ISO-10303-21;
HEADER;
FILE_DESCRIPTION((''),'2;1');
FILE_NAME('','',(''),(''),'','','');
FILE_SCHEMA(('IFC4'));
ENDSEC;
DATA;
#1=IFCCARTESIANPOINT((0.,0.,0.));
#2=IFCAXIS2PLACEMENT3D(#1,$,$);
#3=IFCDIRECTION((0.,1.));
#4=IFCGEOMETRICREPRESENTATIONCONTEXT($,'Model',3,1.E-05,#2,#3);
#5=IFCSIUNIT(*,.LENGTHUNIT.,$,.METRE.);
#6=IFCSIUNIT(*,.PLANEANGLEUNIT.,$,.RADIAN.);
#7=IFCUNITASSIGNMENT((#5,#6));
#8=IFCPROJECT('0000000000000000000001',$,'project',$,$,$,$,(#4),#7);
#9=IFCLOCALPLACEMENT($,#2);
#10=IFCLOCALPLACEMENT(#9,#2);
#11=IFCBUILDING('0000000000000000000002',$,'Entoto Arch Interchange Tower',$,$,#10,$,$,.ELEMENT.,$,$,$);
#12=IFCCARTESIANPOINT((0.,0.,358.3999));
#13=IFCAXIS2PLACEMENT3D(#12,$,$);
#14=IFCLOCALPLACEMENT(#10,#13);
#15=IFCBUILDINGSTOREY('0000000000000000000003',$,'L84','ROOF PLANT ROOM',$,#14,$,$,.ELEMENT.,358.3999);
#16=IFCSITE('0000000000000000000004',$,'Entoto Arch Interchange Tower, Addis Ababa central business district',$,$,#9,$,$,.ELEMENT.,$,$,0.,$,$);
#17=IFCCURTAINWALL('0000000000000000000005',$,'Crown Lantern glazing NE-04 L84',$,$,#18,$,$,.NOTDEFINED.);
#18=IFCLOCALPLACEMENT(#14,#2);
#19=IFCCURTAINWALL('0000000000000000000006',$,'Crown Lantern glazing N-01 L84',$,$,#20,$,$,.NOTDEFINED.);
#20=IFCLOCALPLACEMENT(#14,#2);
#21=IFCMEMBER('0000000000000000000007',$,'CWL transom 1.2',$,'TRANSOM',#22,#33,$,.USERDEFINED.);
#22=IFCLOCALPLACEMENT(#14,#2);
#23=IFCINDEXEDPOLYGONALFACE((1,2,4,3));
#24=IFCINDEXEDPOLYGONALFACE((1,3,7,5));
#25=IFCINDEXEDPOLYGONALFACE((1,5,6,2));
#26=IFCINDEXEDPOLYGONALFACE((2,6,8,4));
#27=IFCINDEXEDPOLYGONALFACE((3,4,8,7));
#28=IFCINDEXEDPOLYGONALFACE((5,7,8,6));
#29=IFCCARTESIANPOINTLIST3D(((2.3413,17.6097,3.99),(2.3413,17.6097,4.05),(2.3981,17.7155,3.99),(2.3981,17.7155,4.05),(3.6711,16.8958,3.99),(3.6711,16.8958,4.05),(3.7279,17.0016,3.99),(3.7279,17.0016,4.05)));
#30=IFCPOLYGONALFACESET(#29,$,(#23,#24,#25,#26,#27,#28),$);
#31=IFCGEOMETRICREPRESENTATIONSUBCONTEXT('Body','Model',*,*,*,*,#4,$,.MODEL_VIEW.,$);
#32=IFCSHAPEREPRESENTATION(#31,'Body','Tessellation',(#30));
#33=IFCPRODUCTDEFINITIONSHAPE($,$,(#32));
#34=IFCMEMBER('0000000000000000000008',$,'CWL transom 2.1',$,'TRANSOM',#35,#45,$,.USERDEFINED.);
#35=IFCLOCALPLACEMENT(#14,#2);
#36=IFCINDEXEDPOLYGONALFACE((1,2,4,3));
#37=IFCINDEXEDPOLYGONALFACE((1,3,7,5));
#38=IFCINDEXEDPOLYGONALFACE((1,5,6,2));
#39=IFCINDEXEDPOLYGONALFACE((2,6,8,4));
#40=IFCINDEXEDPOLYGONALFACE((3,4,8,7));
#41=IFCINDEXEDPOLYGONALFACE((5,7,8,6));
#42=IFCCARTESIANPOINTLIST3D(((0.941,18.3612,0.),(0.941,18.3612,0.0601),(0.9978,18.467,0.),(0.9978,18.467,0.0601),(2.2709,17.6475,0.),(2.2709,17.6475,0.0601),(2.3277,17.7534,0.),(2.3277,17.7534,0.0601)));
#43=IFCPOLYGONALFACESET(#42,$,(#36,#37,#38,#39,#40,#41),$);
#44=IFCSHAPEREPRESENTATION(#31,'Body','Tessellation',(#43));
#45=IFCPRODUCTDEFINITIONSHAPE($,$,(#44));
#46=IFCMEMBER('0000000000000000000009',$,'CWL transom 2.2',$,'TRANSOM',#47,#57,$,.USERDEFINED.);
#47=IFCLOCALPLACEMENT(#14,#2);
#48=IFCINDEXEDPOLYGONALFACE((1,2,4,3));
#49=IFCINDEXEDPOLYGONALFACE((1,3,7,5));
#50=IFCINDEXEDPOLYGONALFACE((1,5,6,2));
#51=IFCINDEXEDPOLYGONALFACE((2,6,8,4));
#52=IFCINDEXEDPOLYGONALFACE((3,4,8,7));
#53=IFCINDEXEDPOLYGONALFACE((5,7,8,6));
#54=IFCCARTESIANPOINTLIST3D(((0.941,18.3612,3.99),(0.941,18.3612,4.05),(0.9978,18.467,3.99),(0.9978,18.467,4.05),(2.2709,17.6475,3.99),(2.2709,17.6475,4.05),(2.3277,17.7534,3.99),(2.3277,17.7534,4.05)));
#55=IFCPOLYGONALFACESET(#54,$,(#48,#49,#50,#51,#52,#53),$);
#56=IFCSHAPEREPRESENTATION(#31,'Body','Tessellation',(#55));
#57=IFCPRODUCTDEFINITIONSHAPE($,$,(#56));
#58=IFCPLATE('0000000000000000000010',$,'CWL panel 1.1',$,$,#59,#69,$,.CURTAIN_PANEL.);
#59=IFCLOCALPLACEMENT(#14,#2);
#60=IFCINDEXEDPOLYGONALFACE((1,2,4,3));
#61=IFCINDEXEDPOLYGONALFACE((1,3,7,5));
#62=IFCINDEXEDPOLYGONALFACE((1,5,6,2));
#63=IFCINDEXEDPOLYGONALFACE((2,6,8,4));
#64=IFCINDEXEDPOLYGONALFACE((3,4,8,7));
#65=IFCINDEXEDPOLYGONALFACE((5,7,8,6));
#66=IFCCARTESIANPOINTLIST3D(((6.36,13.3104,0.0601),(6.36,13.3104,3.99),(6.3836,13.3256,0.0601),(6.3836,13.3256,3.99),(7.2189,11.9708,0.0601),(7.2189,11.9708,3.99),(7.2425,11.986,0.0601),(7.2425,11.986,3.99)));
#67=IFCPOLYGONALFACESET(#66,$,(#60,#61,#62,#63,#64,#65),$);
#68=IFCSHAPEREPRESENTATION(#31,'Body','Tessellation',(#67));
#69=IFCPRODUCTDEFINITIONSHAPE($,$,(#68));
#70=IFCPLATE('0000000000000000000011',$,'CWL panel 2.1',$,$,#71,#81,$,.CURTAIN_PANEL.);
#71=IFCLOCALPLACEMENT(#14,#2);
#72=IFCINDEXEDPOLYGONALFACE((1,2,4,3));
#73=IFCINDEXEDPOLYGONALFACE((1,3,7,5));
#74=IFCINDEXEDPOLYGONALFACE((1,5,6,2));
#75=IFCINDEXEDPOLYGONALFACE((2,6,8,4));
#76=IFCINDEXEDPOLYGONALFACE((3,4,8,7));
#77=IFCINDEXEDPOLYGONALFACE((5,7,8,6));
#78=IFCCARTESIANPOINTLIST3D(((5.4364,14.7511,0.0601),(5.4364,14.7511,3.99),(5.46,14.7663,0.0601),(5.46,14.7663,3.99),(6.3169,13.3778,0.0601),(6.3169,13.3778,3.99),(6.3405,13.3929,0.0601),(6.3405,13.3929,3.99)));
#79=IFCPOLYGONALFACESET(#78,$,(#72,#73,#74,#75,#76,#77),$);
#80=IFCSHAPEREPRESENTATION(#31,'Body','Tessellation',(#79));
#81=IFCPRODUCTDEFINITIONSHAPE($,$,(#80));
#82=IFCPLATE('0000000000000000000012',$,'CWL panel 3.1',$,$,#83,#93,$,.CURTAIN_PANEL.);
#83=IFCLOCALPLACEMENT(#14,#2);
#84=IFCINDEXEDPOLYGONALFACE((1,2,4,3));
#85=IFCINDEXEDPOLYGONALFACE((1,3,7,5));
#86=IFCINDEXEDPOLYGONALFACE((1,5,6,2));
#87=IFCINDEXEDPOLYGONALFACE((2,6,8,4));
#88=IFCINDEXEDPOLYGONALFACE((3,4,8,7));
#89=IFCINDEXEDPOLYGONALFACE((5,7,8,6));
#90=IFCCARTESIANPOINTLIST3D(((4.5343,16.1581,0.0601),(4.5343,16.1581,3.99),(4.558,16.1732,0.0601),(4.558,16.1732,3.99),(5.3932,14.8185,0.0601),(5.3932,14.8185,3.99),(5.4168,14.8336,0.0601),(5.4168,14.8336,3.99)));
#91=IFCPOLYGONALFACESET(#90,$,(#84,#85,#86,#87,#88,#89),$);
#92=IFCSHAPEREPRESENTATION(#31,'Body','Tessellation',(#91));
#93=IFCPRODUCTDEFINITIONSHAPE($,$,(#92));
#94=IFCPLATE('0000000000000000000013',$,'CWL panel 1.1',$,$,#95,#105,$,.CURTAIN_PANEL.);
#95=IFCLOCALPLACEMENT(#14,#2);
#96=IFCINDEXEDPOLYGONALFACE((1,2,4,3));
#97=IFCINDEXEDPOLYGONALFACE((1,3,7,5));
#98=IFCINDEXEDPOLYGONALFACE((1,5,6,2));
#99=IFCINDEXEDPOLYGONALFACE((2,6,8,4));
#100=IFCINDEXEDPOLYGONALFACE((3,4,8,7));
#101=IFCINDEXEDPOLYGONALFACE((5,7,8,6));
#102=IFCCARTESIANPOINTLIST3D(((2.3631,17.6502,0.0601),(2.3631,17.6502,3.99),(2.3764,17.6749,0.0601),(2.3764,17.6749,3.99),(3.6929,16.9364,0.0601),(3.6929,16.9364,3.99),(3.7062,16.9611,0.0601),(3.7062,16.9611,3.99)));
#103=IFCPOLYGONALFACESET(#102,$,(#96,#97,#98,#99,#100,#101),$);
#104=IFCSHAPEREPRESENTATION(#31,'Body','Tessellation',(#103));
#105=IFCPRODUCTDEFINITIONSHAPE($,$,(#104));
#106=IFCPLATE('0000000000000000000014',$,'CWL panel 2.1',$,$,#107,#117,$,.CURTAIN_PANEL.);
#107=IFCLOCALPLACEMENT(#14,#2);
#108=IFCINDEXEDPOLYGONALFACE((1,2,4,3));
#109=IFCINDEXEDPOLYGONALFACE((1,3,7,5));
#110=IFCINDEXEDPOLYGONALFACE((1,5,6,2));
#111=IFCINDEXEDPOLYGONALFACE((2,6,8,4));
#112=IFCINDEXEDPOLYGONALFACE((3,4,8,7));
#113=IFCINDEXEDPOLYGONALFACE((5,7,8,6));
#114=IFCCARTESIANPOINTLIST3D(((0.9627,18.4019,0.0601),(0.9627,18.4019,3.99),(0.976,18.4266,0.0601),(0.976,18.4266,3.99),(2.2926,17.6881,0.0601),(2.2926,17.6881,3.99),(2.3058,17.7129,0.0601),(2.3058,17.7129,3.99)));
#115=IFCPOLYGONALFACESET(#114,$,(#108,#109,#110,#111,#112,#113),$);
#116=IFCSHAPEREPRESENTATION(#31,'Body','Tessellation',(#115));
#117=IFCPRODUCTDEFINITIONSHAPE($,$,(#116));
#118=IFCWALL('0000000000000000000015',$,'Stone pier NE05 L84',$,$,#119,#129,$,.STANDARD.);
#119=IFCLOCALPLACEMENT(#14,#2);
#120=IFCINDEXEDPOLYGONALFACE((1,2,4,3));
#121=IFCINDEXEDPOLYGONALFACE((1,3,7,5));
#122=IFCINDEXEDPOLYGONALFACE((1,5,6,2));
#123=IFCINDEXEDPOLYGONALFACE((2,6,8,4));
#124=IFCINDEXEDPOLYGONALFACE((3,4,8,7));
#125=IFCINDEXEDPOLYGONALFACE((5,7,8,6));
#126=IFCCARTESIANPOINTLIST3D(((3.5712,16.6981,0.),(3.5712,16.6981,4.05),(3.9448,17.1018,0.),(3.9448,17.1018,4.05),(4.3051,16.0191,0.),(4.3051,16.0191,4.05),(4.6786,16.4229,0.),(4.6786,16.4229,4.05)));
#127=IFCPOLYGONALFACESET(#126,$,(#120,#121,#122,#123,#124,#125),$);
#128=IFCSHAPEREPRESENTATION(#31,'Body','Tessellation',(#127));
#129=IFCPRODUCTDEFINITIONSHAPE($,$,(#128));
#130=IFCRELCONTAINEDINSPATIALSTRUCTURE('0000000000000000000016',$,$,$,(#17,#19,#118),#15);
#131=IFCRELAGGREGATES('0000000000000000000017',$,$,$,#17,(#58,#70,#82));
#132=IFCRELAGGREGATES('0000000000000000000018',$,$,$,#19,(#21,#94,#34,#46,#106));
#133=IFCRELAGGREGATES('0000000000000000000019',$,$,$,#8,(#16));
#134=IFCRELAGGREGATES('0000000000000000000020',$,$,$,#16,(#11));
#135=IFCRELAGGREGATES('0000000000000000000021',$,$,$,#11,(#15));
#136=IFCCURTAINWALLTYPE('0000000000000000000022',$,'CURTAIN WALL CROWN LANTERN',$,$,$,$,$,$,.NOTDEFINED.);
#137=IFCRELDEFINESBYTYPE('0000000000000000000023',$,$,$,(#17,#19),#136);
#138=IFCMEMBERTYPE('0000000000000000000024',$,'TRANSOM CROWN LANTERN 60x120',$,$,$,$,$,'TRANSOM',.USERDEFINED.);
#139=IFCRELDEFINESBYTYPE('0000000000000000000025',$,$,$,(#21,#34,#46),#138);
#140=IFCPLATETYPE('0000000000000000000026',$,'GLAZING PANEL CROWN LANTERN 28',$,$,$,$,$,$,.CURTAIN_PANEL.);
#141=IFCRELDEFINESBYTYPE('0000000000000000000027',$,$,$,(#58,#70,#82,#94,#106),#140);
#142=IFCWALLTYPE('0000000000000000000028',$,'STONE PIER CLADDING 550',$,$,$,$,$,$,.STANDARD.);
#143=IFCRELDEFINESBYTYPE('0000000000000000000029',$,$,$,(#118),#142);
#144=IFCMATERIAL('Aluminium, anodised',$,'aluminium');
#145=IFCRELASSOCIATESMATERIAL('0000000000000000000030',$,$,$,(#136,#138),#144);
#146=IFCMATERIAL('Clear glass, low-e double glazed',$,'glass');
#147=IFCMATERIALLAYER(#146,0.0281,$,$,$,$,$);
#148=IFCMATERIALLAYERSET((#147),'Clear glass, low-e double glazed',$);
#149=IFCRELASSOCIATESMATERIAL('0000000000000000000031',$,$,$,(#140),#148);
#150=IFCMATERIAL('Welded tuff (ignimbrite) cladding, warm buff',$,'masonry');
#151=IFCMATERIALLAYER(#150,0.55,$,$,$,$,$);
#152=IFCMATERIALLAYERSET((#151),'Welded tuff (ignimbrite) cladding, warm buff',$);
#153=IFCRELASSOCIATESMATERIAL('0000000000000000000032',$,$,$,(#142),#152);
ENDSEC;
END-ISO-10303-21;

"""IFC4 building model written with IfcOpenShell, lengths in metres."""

from ifc_helpers import new_model, si_unit, direction, frame, frame_2d, origin, origin_2d, place, context, subcontext, project, spatial, rectangle, extrude, material, layer, layer_set, material_profile, profile_set, type_object, element, aggregate, save


model = new_model("IFC4")

# Units and contexts
model_context = context("Model", 3, precision=1e-05, world=origin(), true_north=direction((0.0, 1.0)))
body_context = subcontext(model_context, "Body", "Model", "MODEL_VIEW")
ifc_project = project(units=[si_unit("LENGTHUNIT", "METRE"), si_unit("PLANEANGLEUNIT", "RADIAN")], contexts=[model_context])

# Site, building, storey
site_placement = place(None, origin())
site = spatial("IfcSite", under=ifc_project, at=site_placement, Name="Entoto Arch Interchange Tower, Addis Ababa central business district", CompositionType="ELEMENT", RefElevation=0.0)
building_placement = place(site_placement, origin())
building = spatial("IfcBuilding", under=site, at=building_placement, Name="Entoto Arch Interchange Tower", CompositionType="ELEMENT")
storey_placement = place(building_placement, frame((0.0, 0.0, 358.3999)))
storey = spatial("IfcBuildingStorey", under=building, at=storey_placement, Name="L84", Description="ROOF PLANT ROOM", CompositionType="ELEMENT", Elevation=358.3999)

# Curtain walls
ifc_material_1 = material(Name="Aluminium, anodised", Category="aluminium")
curtain_wall_type = type_object("IfcCurtainWallType", Name="CURTAIN WALL CROWN LANTERN", PredefinedType="NOTDEFINED", material=ifc_material_1)
curtain_wall_1_placement = place(storey_placement, origin())
curtain_wall_1 = element("IfcCurtainWall", 1, at=curtain_wall_1_placement, inside=storey, type_object=curtain_wall_type, Name="Crown Lantern glazing NE-04 L84", PredefinedType="NOTDEFINED")
curtain_wall_2_placement = place(storey_placement, origin())
curtain_wall_2 = element("IfcCurtainWall", 2, at=curtain_wall_2_placement, inside=storey, type_object=curtain_wall_type, Name="Crown Lantern glazing N-01 L84", PredefinedType="NOTDEFINED")

# Members
ifc_material_profile_1 = material_profile(ifc_material_1, rectangle(XDim=0.1201, YDim=0.0601, at=origin_2d()))
ifc_profile_set_1 = profile_set([ifc_material_profile_1], Name="Aluminium, anodised")
member_type_1 = type_object("IfcMemberType", Name="TRANSOM CROWN LANTERN 60x120", ElementType="TRANSOM", PredefinedType="USERDEFINED", material=ifc_profile_set_1)
member_1_placement = place(storey_placement, frame((3.6995, 16.9487, 4.02), z_axis=(-0.881078, 0.472971, 0.0), x_axis=(-0.472971, -0.881078, 0.0)))
member_1 = element("IfcMember", 3, at=member_1_placement, type_object=member_type_1, Name="CWL transom 1.2", ObjectType="TRANSOM", PredefinedType="USERDEFINED", context=body_context, shape_type="SweptSolid", body=[
    extrude(rectangle(XDim=0.1201, YDim=0.0601, at=origin_2d()), origin(), (0.0, 0.0, 1.0), 1.5093),
])
member_2_placement = place(storey_placement, frame((2.2993, 17.7004, 0.03), z_axis=(-0.881145, 0.472845, 0.0), x_axis=(-0.472845, -0.881145, 0.0)))
member_2 = element("IfcMember", 4, at=member_2_placement, type_object=member_type_1, Name="CWL transom 2.1", ObjectType="TRANSOM", PredefinedType="USERDEFINED", context=body_context, shape_type="SweptSolid", body=[
    extrude(rectangle(XDim=0.1201, YDim=0.0601, at=origin_2d()), origin(), (0.0, 0.0, 1.0), 1.5093),
])
member_3_placement = place(storey_placement, frame((2.2993, 17.7004, 4.02), z_axis=(-0.881145, 0.472845, 0.0), x_axis=(-0.472845, -0.881145, 0.0)))
member_3 = element("IfcMember", 5, at=member_3_placement, type_object=member_type_1, Name="CWL transom 2.2", ObjectType="TRANSOM", PredefinedType="USERDEFINED", context=body_context, shape_type="SweptSolid", body=[
    extrude(rectangle(XDim=0.1201, YDim=0.0601, at=origin_2d()), origin(), (0.0, 0.0, 1.0), 1.5093),
])

# Plates
ifc_material_2 = material(Name="Clear glass, low-e double glazed", Category="glass")
ifc_layer_1 = layer(ifc_material_2, 0.0281)
ifc_layer_set_1 = layer_set([ifc_layer_1], Name="Clear glass, low-e double glazed")
plate_type = type_object("IfcPlateType", Name="GLAZING PANEL CROWN LANTERN 28", PredefinedType="CURTAIN_PANEL", material=ifc_layer_set_1)
plate_1_placement = place(storey_placement, frame((6.8013, 12.6482, 0.0601), z_axis=(0.0, 0.0, 1.0), x_axis=(-0.539733, 0.841836, 0.0)))
plate_1 = element("IfcPlate", 6, at=plate_1_placement, type_object=plate_type, Name="CWL panel 1.1", PredefinedType="CURTAIN_PANEL", context=body_context, shape_type="SweptSolid", body=[
    extrude(rectangle(XDim=1.5913, YDim=0.0281, at=origin_2d()), origin(), (0.0, 0.0, 1.0), 3.9299),
])
plate_2_placement = place(storey_placement, frame((5.8884, 14.072, 0.0601), z_axis=(0.0, 0.0, 1.0), x_axis=(-0.539733, 0.841836, 0.0)))
plate_2 = element("IfcPlate", 7, at=plate_2_placement, type_object=plate_type, Name="CWL panel 2.1", PredefinedType="CURTAIN_PANEL", context=body_context, shape_type="SweptSolid", body=[
    extrude(rectangle(XDim=1.6313, YDim=0.0281, at=origin_2d()), origin(), (0.0, 0.0, 1.0), 3.9299),
])
plate_3_placement = place(storey_placement, frame((4.9756, 15.4958, 0.0601), z_axis=(0.0, 0.0, 1.0), x_axis=(-0.539733, 0.841836, 0.0)))
plate_3 = element("IfcPlate", 8, at=plate_3_placement, type_object=plate_type, Name="CWL panel 3.1", PredefinedType="CURTAIN_PANEL", context=body_context, shape_type="SweptSolid", body=[
    extrude(rectangle(XDim=1.5913, YDim=0.0281, at=origin_2d()), origin(), (0.0, 0.0, 1.0), 3.9299),
])
aggregate(curtain_wall_1, [plate_1, plate_2, plate_3])
plate_4_placement = place(storey_placement, frame((3.0347, 17.3057, 0.0601), z_axis=(0.0, 0.0, 1.0), x_axis=(-0.881101, 0.472928, 0.0)))
plate_4 = element("IfcPlate", 9, at=plate_4_placement, type_object=plate_type, Name="CWL panel 1.1", PredefinedType="CURTAIN_PANEL", context=body_context, shape_type="SweptSolid", body=[
    extrude(rectangle(XDim=1.5093, YDim=0.0281, at=origin_2d()), origin(), (0.0, 0.0, 1.0), 3.9299),
])
plate_5_placement = place(storey_placement, frame((1.6343, 18.0574, 0.0601), z_axis=(0.0, 0.0, 1.0), x_axis=(-0.881101, 0.472928, 0.0)))
plate_5 = element("IfcPlate", 10, at=plate_5_placement, type_object=plate_type, Name="CWL panel 2.1", PredefinedType="CURTAIN_PANEL", context=body_context, shape_type="SweptSolid", body=[
    extrude(rectangle(XDim=1.5093, YDim=0.0281, at=origin_2d()), origin(), (0.0, 0.0, 1.0), 3.9299),
])
aggregate(curtain_wall_2, [member_1, plate_4, member_2, member_3, plate_5])

# Wall
ifc_material_3 = material(Name="Welded tuff (ignimbrite) cladding, warm buff", Category="masonry")
ifc_layer_2 = layer(ifc_material_3, 0.55)
ifc_layer_set_2 = layer_set([ifc_layer_2], Name="Welded tuff (ignimbrite) cladding, warm buff")
wall_type = type_object("IfcWallType", Name="STONE PIER CLADDING 550", PredefinedType="STANDARD", material=ifc_layer_set_2)
wall_placement = place(storey_placement, frame((4.4919, 16.2209, 0.0), z_axis=(0.0, 0.0, 1.0), x_axis=(-0.734045, 0.679101, 0.0)))
element("IfcWall", 11, at=wall_placement, inside=storey, type_object=wall_type, Name="Stone pier NE05 L84", PredefinedType="STANDARD", context=body_context, shape_type="SweptSolid", body=[
    extrude(rectangle(XDim=0.9998, YDim=0.55, at=frame_2d((0.5, 0.0))), origin(), (0.0, 0.0, 1.0), 4.05),
])

save(model, "model.ifc")
